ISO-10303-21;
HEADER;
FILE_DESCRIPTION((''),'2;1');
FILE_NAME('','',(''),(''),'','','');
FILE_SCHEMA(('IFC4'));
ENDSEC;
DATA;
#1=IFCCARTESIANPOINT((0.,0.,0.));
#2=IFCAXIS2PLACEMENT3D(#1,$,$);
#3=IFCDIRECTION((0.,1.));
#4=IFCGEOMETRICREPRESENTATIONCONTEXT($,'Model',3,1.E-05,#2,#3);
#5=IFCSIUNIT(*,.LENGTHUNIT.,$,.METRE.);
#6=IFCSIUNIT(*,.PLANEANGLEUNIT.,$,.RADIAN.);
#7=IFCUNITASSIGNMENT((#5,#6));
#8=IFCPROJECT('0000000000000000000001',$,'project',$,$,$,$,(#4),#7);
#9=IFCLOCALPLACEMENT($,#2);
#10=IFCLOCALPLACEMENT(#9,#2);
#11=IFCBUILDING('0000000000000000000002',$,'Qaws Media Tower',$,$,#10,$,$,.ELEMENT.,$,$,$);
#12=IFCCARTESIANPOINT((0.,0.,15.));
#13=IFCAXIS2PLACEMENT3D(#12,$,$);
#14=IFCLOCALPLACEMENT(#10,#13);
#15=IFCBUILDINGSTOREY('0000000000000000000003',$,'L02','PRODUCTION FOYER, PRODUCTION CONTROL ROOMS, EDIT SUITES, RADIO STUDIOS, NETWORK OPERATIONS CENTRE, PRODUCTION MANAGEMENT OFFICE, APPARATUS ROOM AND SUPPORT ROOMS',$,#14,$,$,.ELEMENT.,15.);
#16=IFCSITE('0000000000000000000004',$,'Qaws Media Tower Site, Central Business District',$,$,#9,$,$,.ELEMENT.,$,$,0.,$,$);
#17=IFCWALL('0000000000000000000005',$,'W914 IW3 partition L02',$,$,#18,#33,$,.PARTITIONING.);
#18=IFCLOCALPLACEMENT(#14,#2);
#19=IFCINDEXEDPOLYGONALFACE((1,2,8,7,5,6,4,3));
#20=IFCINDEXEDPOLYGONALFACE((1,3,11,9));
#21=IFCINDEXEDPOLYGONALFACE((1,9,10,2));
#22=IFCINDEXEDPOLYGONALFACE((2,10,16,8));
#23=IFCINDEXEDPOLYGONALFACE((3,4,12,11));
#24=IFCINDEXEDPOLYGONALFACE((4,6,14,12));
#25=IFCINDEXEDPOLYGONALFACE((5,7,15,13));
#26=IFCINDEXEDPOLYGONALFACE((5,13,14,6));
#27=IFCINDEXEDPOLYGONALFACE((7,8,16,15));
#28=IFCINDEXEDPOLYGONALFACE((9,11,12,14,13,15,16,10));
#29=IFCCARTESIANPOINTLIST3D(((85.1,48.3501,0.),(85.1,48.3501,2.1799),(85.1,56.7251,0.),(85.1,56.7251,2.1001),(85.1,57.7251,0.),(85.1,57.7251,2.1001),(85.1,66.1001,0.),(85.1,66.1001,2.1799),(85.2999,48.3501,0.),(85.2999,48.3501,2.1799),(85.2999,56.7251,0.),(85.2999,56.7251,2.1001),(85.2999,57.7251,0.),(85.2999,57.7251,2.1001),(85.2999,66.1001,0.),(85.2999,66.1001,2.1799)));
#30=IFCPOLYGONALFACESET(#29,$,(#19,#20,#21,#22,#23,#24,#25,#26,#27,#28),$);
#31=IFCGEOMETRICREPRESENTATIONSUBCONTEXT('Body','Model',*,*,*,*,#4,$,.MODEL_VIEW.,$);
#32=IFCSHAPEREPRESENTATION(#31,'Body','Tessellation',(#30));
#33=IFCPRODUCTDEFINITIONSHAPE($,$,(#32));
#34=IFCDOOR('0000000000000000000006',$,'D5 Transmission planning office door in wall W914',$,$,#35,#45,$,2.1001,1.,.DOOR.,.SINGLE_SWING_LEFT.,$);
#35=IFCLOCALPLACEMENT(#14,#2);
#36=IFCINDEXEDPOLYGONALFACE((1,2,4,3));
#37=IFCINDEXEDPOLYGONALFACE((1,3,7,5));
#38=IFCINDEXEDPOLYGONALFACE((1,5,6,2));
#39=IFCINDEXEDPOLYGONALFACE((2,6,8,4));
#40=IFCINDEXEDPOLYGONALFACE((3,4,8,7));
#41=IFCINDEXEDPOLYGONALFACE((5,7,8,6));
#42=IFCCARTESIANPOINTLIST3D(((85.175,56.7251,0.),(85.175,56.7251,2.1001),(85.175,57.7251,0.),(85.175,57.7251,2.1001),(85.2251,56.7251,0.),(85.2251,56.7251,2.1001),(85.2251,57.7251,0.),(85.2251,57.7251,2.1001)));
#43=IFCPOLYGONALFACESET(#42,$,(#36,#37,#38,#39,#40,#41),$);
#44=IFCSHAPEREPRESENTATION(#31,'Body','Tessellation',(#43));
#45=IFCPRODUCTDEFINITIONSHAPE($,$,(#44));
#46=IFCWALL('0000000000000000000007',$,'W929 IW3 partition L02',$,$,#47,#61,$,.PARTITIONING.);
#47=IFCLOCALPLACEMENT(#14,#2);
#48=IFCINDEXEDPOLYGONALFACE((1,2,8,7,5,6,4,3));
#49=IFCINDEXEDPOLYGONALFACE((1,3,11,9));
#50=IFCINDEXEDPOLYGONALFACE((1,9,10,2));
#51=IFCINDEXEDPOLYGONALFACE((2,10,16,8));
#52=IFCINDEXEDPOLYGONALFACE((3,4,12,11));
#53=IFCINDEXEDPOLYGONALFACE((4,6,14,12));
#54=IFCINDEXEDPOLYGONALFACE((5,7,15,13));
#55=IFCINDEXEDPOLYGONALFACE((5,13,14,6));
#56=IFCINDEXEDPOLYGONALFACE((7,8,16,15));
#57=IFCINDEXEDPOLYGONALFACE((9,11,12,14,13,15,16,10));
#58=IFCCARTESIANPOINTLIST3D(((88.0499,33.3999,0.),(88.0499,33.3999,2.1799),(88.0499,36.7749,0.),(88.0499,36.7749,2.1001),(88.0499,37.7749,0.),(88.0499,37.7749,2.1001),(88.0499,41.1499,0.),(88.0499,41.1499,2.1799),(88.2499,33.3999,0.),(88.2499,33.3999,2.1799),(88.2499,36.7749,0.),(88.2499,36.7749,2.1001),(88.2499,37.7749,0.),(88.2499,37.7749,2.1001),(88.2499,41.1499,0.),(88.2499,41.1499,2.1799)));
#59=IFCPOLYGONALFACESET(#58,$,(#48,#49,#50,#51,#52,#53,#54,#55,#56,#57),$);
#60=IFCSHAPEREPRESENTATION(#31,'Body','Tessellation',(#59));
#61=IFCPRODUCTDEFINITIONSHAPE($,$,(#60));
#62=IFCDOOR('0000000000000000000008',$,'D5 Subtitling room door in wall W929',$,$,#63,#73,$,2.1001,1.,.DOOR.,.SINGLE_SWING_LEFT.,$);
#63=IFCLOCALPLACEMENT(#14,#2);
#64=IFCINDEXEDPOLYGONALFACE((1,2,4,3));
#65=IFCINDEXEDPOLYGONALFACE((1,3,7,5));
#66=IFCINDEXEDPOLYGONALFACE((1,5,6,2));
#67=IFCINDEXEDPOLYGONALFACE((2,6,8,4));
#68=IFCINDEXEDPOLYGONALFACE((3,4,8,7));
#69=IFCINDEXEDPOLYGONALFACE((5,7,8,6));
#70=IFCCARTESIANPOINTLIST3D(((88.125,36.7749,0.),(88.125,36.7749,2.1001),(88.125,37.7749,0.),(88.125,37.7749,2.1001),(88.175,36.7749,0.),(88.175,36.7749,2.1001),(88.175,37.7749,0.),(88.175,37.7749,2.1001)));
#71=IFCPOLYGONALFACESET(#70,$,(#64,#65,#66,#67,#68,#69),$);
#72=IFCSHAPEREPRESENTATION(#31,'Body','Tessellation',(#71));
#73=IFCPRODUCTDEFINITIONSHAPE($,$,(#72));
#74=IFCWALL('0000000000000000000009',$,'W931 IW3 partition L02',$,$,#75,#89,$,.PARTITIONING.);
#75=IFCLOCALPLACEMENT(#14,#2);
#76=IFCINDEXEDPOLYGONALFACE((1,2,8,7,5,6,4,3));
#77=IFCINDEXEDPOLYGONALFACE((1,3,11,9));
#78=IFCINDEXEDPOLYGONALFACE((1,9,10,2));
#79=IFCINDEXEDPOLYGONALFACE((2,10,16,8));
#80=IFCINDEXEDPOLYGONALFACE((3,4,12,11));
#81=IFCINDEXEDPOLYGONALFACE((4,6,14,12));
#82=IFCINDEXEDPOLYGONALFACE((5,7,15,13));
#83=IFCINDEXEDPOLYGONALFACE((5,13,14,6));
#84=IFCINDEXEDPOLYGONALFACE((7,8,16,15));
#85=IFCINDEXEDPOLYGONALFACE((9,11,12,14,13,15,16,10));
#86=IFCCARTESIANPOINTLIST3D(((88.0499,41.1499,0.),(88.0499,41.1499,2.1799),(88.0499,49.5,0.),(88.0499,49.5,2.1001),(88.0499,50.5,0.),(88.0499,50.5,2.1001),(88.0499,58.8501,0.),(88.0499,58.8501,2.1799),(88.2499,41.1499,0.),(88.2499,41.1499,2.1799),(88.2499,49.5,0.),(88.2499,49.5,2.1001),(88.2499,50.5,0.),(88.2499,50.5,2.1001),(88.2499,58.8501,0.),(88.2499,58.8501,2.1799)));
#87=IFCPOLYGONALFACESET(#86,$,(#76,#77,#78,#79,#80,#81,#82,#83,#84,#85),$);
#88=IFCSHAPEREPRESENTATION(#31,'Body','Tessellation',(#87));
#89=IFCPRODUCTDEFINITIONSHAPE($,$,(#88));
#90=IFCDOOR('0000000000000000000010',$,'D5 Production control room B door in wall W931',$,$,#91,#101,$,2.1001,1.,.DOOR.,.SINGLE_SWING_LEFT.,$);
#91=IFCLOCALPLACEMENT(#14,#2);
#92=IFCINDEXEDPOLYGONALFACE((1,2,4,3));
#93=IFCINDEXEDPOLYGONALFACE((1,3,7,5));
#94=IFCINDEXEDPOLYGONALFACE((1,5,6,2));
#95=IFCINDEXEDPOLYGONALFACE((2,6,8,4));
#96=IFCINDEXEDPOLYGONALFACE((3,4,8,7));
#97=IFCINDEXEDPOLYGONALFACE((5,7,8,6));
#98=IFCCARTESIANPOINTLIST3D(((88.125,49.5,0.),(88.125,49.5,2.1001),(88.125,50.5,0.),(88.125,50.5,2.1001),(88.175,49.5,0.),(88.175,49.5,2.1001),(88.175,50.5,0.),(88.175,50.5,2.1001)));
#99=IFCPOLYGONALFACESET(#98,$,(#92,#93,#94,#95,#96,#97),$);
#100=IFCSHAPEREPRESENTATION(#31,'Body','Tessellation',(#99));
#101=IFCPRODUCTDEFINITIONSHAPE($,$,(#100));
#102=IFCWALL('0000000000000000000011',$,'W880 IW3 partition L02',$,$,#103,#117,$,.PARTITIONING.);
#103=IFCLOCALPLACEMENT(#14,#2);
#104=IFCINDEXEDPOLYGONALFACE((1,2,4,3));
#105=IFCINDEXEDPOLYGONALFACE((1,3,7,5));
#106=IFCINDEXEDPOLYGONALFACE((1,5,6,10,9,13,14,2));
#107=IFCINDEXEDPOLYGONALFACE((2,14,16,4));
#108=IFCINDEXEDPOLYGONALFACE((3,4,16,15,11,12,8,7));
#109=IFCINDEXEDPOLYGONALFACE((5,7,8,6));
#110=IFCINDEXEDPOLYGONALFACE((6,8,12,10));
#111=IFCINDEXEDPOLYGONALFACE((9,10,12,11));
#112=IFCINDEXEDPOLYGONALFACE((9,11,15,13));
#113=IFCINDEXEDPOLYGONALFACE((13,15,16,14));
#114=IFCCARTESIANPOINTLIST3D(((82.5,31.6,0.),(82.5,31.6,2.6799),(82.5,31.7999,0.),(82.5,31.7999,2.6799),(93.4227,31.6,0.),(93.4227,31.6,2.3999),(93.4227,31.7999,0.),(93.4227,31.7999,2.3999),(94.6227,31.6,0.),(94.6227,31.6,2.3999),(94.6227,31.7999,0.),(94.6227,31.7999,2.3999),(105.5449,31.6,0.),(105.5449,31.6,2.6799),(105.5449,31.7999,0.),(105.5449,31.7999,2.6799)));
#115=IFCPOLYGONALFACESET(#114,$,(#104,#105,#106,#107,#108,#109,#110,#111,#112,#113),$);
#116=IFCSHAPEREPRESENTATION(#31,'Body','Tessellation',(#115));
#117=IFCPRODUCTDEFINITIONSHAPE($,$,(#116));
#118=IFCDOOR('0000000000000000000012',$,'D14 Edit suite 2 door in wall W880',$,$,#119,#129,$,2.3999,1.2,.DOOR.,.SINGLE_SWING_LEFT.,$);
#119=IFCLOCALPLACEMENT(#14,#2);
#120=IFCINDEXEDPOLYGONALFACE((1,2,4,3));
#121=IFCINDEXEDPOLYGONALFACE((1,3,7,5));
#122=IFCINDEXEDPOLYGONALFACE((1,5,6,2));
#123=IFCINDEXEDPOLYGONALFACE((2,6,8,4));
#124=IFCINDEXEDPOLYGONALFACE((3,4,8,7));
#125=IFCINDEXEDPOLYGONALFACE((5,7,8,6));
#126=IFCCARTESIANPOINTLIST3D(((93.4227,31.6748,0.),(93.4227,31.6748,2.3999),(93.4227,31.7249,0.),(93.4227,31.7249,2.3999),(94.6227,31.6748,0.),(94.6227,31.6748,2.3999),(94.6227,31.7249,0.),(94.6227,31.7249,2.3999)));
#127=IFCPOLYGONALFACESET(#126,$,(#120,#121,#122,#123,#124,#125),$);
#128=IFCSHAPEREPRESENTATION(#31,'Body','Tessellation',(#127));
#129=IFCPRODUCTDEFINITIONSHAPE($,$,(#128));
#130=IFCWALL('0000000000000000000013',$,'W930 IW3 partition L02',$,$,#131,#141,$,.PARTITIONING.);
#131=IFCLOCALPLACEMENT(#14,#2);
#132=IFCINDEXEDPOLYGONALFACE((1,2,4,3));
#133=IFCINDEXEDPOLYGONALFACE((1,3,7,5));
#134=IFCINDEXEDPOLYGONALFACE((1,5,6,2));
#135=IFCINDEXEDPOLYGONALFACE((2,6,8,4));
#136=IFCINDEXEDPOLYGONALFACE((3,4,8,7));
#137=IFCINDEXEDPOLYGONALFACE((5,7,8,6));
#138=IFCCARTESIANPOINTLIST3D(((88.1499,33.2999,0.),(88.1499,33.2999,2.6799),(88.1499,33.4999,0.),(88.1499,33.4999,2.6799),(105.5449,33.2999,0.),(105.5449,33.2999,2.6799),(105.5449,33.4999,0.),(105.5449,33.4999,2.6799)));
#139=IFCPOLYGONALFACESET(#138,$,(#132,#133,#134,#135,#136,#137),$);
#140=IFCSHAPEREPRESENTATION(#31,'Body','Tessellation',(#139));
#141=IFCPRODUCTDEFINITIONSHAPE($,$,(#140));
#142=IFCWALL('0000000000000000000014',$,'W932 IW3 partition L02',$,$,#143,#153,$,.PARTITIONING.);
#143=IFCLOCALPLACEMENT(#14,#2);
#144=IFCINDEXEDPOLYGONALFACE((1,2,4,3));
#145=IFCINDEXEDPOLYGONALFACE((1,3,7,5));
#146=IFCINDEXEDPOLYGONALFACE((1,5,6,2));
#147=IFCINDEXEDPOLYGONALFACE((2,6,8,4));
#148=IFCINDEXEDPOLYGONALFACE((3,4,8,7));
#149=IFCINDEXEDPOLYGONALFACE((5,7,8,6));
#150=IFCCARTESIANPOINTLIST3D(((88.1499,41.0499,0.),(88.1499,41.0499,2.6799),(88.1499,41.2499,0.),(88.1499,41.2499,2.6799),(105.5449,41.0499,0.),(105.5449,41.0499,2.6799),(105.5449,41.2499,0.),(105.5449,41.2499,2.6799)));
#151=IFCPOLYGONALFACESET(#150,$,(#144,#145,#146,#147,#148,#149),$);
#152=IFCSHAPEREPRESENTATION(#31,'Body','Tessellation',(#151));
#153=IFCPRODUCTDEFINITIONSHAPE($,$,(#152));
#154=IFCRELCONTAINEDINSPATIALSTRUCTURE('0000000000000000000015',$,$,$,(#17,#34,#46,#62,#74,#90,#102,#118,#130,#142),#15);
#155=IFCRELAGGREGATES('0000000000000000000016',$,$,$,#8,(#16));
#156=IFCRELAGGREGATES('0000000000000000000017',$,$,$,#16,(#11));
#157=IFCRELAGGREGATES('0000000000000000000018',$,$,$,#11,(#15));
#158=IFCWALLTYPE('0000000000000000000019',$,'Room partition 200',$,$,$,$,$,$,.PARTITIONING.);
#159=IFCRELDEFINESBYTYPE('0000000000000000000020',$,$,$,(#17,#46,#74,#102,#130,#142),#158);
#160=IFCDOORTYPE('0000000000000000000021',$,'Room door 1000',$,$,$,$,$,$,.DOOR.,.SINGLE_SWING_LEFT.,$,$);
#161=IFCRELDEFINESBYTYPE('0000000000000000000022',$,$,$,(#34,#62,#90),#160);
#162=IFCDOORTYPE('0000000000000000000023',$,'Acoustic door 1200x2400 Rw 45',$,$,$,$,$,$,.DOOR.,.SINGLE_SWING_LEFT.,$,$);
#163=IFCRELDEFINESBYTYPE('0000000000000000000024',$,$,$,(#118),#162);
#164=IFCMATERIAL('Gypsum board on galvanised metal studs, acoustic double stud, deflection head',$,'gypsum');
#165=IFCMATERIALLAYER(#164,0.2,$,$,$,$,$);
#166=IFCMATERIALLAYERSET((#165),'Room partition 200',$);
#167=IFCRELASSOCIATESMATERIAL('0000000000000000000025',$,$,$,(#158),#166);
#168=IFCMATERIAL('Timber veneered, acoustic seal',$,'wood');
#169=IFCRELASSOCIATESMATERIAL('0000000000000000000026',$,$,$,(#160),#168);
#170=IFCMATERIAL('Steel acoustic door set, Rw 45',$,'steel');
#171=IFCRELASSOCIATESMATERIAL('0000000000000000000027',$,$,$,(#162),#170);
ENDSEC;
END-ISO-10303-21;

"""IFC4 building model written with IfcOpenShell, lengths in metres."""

from ifc_helpers import new_model, si_unit, direction, frame, frame_2d, origin, place, context, subcontext, project, spatial, rectangle, extrude, material, layer, layer_set, type_object, element, fill, save


model = new_model("IFC4")

# Units and contexts
model_context = context("Model", 3, precision=1e-05, world=origin(), true_north=direction((0.0, 1.0)))
body_context = subcontext(model_context, "Body", "Model", "MODEL_VIEW")
ifc_project = project(units=[si_unit("LENGTHUNIT", "METRE"), si_unit("PLANEANGLEUNIT", "RADIAN")], contexts=[model_context])

# Site, building, storey
site_placement = place(None, origin())
site = spatial("IfcSite", under=ifc_project, at=site_placement, Name="Qaws Media Tower Site, Central Business District", CompositionType="ELEMENT", RefElevation=0.0)
building_placement = place(site_placement, origin())
building = spatial("IfcBuilding", under=site, at=building_placement, Name="Qaws Media Tower", CompositionType="ELEMENT")
storey_placement = place(building_placement, frame((0.0, 0.0, 15.0)))
storey = spatial("IfcBuildingStorey", under=building, at=storey_placement, Name="L02", Description="PRODUCTION FOYER, PRODUCTION CONTROL ROOMS, EDIT SUITES, RADIO STUDIOS, NETWORK OPERATIONS CENTRE, PRODUCTION MANAGEMENT OFFICE, APPARATUS ROOM AND SUPPORT ROOMS", CompositionType="ELEMENT", Elevation=15.0)

# Walls, openings, doors
ifc_material_1 = material(Name="Gypsum board on galvanised metal studs, acoustic double stud, deflection head", Category="gypsum")
ifc_layer = layer(ifc_material_1, 0.2)
ifc_layer_set = layer_set([ifc_layer], Name="Room partition 200")
wall_type = type_object("IfcWallType", Name="Room partition 200", PredefinedType="PARTITIONING", material=ifc_layer_set)
ifc_material_2 = material(Name="Timber veneered, acoustic seal", Category="wood")
door_type_1 = type_object("IfcDoorType", Name="Room door 1000", OperationType="SINGLE_SWING_LEFT", PredefinedType="DOOR", material=ifc_material_2)
wall_1_placement = place(storey_placement, frame((85.2, 48.3501, 0.0), z_axis=(0.0, 0.0, 1.0), x_axis=(0.0, 1.0, 0.0)))
wall_1 = element("IfcWall", 1, at=wall_1_placement, inside=storey, type_object=wall_type, Name="W914 IW3 partition L02", PredefinedType="PARTITIONING", context=body_context, shape_type="SweptSolid", body=[
    extrude(rectangle(XDim=17.75, YDim=0.2, at=frame_2d((8.875, 0.0))), origin(), (0.0, 0.0, 1.0), 2.1799),
])
opening_1_placement = place(wall_1_placement, frame((8.375, 0.0, 0.0)))
opening_1 = element("IfcOpeningElement", 2, at=opening_1_placement, cuts=wall_1, PredefinedType="OPENING", context=body_context, shape_type="SweptSolid", body=[
    extrude(rectangle(XDim=1.0, YDim=2.1001, at=frame_2d((0.5, 1.05))), frame((0.0, 0.1099, 0.0), z_axis=(0.0, -1.0, 0.0), x_axis=(1.0, 0.0, 0.0)), (0.0, 0.0, 1.0), 0.22),
])
door_1_placement = place(opening_1_placement, origin())
door_1 = element("IfcDoor", 3, at=door_1_placement, inside=storey, type_object=door_type_1, Name="D5 Transmission planning office door in wall W914", OperationType="SINGLE_SWING_LEFT", OverallHeight=2.1001, OverallWidth=1.0, PredefinedType="DOOR", context=body_context, shape_type="SweptSolid", body=[
    extrude(rectangle(XDim=1.0, YDim=2.1001, at=frame_2d((0.5, 1.05))), frame((0.0, 0.0249, 0.0), z_axis=(0.0, -1.0, 0.0), x_axis=(1.0, 0.0, 0.0)), (0.0, 0.0, 1.0), 0.05),
])
fill(opening_1, door_1)
wall_2_placement = place(storey_placement, frame((88.1499, 33.3999, 0.0), z_axis=(0.0, 0.0, 1.0), x_axis=(0.0, 1.0, 0.0)))
wall_2 = element("IfcWall", 4, at=wall_2_placement, inside=storey, type_object=wall_type, Name="W929 IW3 partition L02", PredefinedType="PARTITIONING", context=body_context, shape_type="SweptSolid", body=[
    extrude(rectangle(XDim=7.75, YDim=0.2, at=frame_2d((3.875, 0.0))), origin(), (0.0, 0.0, 1.0), 2.1799),
])
opening_2_placement = place(wall_2_placement, frame((3.375, 0.0, 0.0)))
opening_2 = element("IfcOpeningElement", 5, at=opening_2_placement, cuts=wall_2, PredefinedType="OPENING", context=body_context, shape_type="SweptSolid", body=[
    extrude(rectangle(XDim=1.0, YDim=2.1001, at=frame_2d((0.5, 1.05))), frame((0.0, 0.1099, 0.0), z_axis=(0.0, -1.0, 0.0), x_axis=(1.0, 0.0, 0.0)), (0.0, 0.0, 1.0), 0.22),
])
door_2_placement = place(opening_2_placement, origin())
door_2 = element("IfcDoor", 6, at=door_2_placement, inside=storey, type_object=door_type_1, Name="D5 Subtitling room door in wall W929", OperationType="SINGLE_SWING_LEFT", OverallHeight=2.1001, OverallWidth=1.0, PredefinedType="DOOR", context=body_context, shape_type="SweptSolid", body=[
    extrude(rectangle(XDim=1.0, YDim=2.1001, at=frame_2d((0.5, 1.05))), frame((0.0, 0.0249, 0.0), z_axis=(0.0, -1.0, 0.0), x_axis=(1.0, 0.0, 0.0)), (0.0, 0.0, 1.0), 0.05),
])
fill(opening_2, door_2)
wall_3_placement = place(storey_placement, frame((88.1499, 41.1499, 0.0), z_axis=(0.0, 0.0, 1.0), x_axis=(0.0, 1.0, 0.0)))
wall_3 = element("IfcWall", 7, at=wall_3_placement, inside=storey, type_object=wall_type, Name="W931 IW3 partition L02", PredefinedType="PARTITIONING", context=body_context, shape_type="SweptSolid", body=[
    extrude(rectangle(XDim=17.7002, YDim=0.2, at=frame_2d((8.8501, 0.0))), origin(), (0.0, 0.0, 1.0), 2.1799),
])
opening_3_placement = place(wall_3_placement, frame((8.3501, 0.0, 0.0)))
opening_3 = element("IfcOpeningElement", 8, at=opening_3_placement, cuts=wall_3, PredefinedType="OPENING", context=body_context, shape_type="SweptSolid", body=[
    extrude(rectangle(XDim=1.0, YDim=2.1001, at=frame_2d((0.5, 1.05))), frame((0.0, 0.1099, 0.0), z_axis=(0.0, -1.0, 0.0), x_axis=(1.0, 0.0, 0.0)), (0.0, 0.0, 1.0), 0.22),
])
door_3_placement = place(opening_3_placement, origin())
door_3 = element("IfcDoor", 9, at=door_3_placement, inside=storey, type_object=door_type_1, Name="D5 Production control room B door in wall W931", OperationType="SINGLE_SWING_LEFT", OverallHeight=2.1001, OverallWidth=1.0, PredefinedType="DOOR", context=body_context, shape_type="SweptSolid", body=[
    extrude(rectangle(XDim=1.0, YDim=2.1001, at=frame_2d((0.5, 1.05))), frame((0.0, 0.0249, 0.0), z_axis=(0.0, -1.0, 0.0), x_axis=(1.0, 0.0, 0.0)), (0.0, 0.0, 1.0), 0.05),
])
fill(opening_3, door_3)
wall_4_placement = place(storey_placement, frame((82.5, 31.7, 0.0), z_axis=(0.0, 0.0, 1.0), x_axis=(1.0, 0.0, 0.0)))
wall_4 = element("IfcWall", 10, at=wall_4_placement, inside=storey, type_object=wall_type, Name="W880 IW3 partition L02", PredefinedType="PARTITIONING", context=body_context, shape_type="SweptSolid", body=[
    extrude(rectangle(XDim=23.0449, YDim=0.2, at=frame_2d((11.5225, 0.0))), origin(), (0.0, 0.0, 1.0), 2.6799),
])
opening_4_placement = place(wall_4_placement, frame((10.9226, 0.0, 0.0)))
opening_4 = element("IfcOpeningElement", 11, at=opening_4_placement, cuts=wall_4, PredefinedType="OPENING", context=body_context, shape_type="SweptSolid", body=[
    extrude(rectangle(XDim=1.2, YDim=2.3999, at=frame_2d((0.6001, 1.2))), frame((0.0, 0.1099, 0.0), z_axis=(0.0, -1.0, 0.0), x_axis=(1.0, 0.0, 0.0)), (0.0, 0.0, 1.0), 0.22),
])
ifc_material_3 = material(Name="Steel acoustic door set, Rw 45", Category="steel")
door_type_2 = type_object("IfcDoorType", Name="Acoustic door 1200x2400 Rw 45", OperationType="SINGLE_SWING_LEFT", PredefinedType="DOOR", material=ifc_material_3)
door_4_placement = place(opening_4_placement, origin())
door_4 = element("IfcDoor", 12, at=door_4_placement, inside=storey, type_object=door_type_2, Name="D14 Edit suite 2 door in wall W880", OperationType="SINGLE_SWING_LEFT", OverallHeight=2.3999, OverallWidth=1.2, PredefinedType="DOOR", context=body_context, shape_type="SweptSolid", body=[
    extrude(rectangle(XDim=1.2, YDim=2.3999, at=frame_2d((0.6001, 1.2))), frame((0.0, 0.0249, 0.0), z_axis=(0.0, -1.0, 0.0), x_axis=(1.0, 0.0, 0.0)), (0.0, 0.0, 1.0), 0.05),
])
fill(opening_4, door_4)

# Walls
for number, where, z_axis, x_axis, name in (
    (13, (88.1499, 33.3999, 0.0), (0.0, 0.0, 1.0), (1.0, 0.0, 0.0), "W930 IW3 partition L02"),
    (14, (88.1499, 41.1499, 0.0), (0.0, 0.0, 1.0), (1.0, 0.0, 0.0), "W932 IW3 partition L02"),
):
    element("IfcWall", number, at=place(storey_placement, frame(where, z_axis=z_axis, x_axis=x_axis)), inside=storey, type_object=wall_type, Name=name, PredefinedType="PARTITIONING", context=body_context, shape_type="SweptSolid", body=[
        extrude(rectangle(XDim=17.395, YDim=0.2, at=frame_2d((8.6975, 0.0))), origin(), (0.0, 0.0, 1.0), 2.6799),
    ])

save(model, "model.ifc")
